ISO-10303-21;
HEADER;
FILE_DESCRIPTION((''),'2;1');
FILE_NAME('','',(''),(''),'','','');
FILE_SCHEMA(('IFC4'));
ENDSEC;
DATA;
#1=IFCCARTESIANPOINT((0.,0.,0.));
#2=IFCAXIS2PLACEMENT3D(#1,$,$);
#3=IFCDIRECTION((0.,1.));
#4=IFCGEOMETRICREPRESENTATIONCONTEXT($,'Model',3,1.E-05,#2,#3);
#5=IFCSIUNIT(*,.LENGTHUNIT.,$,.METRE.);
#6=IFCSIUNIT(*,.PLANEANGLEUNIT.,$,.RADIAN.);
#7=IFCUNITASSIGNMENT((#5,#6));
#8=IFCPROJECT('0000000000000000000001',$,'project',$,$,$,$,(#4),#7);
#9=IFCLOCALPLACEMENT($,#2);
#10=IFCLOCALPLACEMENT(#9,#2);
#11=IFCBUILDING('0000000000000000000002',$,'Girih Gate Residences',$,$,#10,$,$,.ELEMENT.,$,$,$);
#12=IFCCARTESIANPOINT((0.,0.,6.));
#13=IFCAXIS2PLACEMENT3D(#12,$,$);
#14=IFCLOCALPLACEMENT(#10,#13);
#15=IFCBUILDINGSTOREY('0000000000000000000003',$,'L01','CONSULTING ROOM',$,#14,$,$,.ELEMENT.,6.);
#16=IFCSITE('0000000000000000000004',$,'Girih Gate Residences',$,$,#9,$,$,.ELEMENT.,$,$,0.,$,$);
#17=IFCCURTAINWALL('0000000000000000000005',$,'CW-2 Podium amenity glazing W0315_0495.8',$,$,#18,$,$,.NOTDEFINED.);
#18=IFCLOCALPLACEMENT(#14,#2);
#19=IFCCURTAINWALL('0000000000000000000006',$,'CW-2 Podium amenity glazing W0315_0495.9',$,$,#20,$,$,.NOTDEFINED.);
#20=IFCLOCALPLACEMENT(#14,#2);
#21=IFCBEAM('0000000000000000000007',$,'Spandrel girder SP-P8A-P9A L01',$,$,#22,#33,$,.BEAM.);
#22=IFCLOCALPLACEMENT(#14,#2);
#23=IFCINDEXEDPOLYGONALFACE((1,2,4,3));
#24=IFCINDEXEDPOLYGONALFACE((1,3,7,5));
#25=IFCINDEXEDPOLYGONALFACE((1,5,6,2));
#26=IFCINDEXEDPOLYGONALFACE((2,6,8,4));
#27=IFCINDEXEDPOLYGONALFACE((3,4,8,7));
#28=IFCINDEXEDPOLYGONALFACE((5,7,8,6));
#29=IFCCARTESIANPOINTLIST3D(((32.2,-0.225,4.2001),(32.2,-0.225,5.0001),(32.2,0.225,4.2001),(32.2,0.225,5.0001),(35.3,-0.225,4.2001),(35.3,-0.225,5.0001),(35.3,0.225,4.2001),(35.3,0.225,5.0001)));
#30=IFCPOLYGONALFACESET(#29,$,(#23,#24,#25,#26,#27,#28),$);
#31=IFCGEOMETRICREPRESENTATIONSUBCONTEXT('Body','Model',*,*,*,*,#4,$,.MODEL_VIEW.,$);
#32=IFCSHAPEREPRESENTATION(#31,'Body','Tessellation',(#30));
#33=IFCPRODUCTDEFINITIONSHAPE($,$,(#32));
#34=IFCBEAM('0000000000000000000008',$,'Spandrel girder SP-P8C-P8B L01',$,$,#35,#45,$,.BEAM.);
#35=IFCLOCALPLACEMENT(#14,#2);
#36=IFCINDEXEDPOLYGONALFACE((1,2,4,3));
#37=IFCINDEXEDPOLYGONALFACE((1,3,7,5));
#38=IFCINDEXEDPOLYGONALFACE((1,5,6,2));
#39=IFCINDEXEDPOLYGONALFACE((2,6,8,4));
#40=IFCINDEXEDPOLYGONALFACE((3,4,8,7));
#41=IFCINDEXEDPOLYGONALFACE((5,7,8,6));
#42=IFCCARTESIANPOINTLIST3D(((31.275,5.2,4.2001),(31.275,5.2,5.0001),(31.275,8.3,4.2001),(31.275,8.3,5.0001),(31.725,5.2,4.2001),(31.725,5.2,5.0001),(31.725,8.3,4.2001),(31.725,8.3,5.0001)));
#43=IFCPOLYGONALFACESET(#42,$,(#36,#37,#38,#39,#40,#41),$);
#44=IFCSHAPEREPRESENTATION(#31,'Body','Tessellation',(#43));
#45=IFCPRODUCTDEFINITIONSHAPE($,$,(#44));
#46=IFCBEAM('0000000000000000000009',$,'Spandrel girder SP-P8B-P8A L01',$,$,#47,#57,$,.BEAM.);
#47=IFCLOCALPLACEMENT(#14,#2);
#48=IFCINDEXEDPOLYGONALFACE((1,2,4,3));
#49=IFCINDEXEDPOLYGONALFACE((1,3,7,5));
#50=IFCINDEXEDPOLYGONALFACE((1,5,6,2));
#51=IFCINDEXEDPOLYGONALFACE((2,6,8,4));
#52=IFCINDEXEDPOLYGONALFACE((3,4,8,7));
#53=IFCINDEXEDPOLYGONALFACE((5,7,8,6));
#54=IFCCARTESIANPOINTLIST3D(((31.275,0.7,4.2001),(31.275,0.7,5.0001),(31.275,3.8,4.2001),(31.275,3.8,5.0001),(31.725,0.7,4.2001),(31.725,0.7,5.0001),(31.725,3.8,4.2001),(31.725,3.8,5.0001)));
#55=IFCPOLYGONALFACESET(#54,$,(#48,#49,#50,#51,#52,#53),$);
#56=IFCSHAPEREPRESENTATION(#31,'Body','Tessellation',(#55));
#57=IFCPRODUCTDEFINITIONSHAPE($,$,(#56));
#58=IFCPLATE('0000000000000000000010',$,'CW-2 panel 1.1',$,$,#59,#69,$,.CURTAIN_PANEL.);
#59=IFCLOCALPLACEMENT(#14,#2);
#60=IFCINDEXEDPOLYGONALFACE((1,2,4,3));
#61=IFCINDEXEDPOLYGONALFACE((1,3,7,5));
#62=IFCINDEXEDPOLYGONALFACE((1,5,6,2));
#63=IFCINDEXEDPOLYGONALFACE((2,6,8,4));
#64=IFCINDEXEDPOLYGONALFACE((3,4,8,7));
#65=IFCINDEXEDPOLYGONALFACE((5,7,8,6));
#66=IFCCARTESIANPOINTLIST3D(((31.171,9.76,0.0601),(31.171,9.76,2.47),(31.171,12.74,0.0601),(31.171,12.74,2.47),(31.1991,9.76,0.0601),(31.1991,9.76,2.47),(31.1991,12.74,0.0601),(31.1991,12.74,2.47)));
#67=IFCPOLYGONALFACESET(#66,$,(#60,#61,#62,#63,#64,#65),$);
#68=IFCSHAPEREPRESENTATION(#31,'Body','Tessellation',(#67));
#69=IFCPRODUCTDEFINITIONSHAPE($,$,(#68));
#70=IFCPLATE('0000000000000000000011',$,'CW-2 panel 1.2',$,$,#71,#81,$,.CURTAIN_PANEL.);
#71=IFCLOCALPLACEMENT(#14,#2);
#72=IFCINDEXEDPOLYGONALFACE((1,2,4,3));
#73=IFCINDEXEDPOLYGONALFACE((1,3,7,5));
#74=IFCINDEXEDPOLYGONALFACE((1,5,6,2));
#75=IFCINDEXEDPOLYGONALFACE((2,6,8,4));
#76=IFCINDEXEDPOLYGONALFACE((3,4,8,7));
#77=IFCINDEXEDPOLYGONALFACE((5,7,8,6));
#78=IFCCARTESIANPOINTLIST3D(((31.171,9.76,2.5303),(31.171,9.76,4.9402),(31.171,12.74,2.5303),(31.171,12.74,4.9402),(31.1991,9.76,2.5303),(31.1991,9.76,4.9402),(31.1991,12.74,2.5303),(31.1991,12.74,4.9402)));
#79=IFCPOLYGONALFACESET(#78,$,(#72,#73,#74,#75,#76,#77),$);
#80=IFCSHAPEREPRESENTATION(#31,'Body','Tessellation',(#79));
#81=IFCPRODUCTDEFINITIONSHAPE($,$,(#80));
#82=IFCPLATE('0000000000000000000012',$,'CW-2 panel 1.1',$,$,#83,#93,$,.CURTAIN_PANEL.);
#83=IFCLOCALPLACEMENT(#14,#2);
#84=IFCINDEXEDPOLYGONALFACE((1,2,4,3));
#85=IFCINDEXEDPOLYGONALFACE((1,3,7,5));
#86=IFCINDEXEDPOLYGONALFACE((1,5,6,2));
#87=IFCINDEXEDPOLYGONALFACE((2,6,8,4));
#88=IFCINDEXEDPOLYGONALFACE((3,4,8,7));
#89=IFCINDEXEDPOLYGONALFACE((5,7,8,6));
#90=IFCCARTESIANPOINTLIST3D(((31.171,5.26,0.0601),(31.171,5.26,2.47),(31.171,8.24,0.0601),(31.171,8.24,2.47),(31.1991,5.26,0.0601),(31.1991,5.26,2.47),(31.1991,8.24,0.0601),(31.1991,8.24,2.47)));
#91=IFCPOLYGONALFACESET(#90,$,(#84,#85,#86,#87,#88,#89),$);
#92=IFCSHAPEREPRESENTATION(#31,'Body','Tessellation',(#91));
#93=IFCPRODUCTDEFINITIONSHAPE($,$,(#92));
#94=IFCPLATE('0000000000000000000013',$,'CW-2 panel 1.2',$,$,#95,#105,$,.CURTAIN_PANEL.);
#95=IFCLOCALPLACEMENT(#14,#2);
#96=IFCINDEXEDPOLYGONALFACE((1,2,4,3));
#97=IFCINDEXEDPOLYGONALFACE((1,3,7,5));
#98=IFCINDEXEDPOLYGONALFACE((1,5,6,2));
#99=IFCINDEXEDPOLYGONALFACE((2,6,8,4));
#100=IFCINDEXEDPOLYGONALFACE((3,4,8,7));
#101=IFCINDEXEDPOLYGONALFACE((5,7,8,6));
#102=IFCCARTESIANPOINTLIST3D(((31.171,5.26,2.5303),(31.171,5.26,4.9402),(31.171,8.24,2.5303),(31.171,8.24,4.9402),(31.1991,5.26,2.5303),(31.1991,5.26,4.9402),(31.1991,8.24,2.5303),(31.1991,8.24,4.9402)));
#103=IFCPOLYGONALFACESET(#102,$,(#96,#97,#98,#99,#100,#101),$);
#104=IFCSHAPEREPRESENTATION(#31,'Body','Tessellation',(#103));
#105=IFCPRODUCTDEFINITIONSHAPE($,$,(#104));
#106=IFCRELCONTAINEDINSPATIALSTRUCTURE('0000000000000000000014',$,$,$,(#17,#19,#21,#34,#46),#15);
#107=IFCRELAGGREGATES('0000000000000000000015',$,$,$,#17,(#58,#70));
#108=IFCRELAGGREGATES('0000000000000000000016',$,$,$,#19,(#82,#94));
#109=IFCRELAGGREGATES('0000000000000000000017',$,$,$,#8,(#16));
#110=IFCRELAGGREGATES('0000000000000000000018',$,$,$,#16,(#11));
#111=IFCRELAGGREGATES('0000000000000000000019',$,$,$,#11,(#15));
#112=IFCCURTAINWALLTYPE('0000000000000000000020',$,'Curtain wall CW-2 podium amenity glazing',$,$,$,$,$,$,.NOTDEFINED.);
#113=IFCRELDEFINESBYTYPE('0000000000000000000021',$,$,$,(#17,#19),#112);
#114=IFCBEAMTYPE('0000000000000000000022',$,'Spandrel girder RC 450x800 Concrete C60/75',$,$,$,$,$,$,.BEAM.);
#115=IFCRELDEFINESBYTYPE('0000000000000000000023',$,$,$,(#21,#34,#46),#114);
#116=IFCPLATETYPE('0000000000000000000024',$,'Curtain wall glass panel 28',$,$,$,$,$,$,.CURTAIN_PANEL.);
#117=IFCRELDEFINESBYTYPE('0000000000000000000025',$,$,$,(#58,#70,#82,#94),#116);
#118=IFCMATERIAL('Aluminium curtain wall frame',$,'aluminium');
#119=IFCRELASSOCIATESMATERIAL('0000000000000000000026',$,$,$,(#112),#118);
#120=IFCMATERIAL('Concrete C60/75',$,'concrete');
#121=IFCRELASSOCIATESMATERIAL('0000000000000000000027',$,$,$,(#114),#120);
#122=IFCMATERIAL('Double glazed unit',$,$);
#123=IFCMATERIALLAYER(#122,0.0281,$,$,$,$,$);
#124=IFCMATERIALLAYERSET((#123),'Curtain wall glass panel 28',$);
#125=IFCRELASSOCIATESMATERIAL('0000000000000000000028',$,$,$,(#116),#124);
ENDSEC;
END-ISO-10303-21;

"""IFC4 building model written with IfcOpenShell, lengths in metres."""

from ifc_helpers import new_model, si_unit, direction, frame, origin, origin_2d, place, context, subcontext, project, spatial, rectangle, extrude, material, layer, layer_set, material_profile, profile_set, type_object, element, aggregate, save


model = new_model("IFC4")

# Units and contexts
model_context = context("Model", 3, precision=1e-05, world=origin(), true_north=direction((0.0, 1.0)))
body_context = subcontext(model_context, "Body", "Model", "MODEL_VIEW")
ifc_project = project(units=[si_unit("LENGTHUNIT", "METRE"), si_unit("PLANEANGLEUNIT", "RADIAN")], contexts=[model_context])

# Site, building, storey
site_placement = place(None, origin())
site = spatial("IfcSite", under=ifc_project, at=site_placement, Name="Girih Gate Residences", CompositionType="ELEMENT", RefElevation=0.0)
building_placement = place(site_placement, origin())
building = spatial("IfcBuilding", under=site, at=building_placement, Name="Girih Gate Residences", CompositionType="ELEMENT")
storey_placement = place(building_placement, frame((0.0, 0.0, 6.0)))
storey = spatial("IfcBuildingStorey", under=building, at=storey_placement, Name="L01", Description="CONSULTING ROOM", CompositionType="ELEMENT", Elevation=6.0)

# Curtain wall
ifc_material_1 = material(Name="Aluminium curtain wall frame", Category="aluminium")
curtain_wall_type = type_object("IfcCurtainWallType", Name="Curtain wall CW-2 podium amenity glazing", PredefinedType="NOTDEFINED", material=ifc_material_1)
curtain_wall_1_placement = place(storey_placement, origin())
curtain_wall_1 = element("IfcCurtainWall", 1, at=curtain_wall_1_placement, inside=storey, type_object=curtain_wall_type, Name="CW-2 Podium amenity glazing W0315_0495.8", PredefinedType="NOTDEFINED")

# Curtain wall
curtain_wall_2_placement = place(storey_placement, origin())
curtain_wall_2 = element("IfcCurtainWall", 2, at=curtain_wall_2_placement, inside=storey, type_object=curtain_wall_type, Name="CW-2 Podium amenity glazing W0315_0495.9", PredefinedType="NOTDEFINED")

# Beams
ifc_material_2 = material(Name="Concrete C60/75", Category="concrete")
ifc_material_profile_1 = material_profile(ifc_material_2, rectangle(XDim=0.45, YDim=0.8, at=origin_2d()))
ifc_profile_set_1 = profile_set([ifc_material_profile_1], Name="Concrete C60/75")
beam_type_1 = type_object("IfcBeamType", Name="Spandrel girder RC 450x800 Concrete C60/75", PredefinedType="BEAM", material=ifc_profile_set_1)
for number, where, z_axis, x_axis, name in (
    (3, (32.2, 0.0, 4.6001), (1.0, 0.0, 0.0), (0.0, 1.0, 0.0), "Spandrel girder SP-P8A-P9A L01"),
    (4, (31.5, 8.3, 4.6001), (0.0, -1.0, 0.0), (1.0, 0.0, 0.0), "Spandrel girder SP-P8C-P8B L01"),
    (5, (31.5, 3.8, 4.6001), (0.0, -1.0, 0.0), (1.0, 0.0, 0.0), "Spandrel girder SP-P8B-P8A L01"),
):
    element("IfcBeam", number, at=place(storey_placement, frame(where, z_axis=z_axis, x_axis=x_axis)), inside=storey, type_object=beam_type_1, Name=name, PredefinedType="BEAM", context=body_context, shape_type="SweptSolid", body=[
        extrude(rectangle(XDim=0.45, YDim=0.8, at=origin_2d()), origin(), (0.0, 0.0, 1.0), 3.1001),
    ])

# Plates
ifc_material_3 = material(Name="Double glazed unit")
ifc_layer = layer(ifc_material_3, 0.0281)
ifc_layer_set = layer_set([ifc_layer], Name="Curtain wall glass panel 28")
plate_type = type_object("IfcPlateType", Name="Curtain wall glass panel 28", PredefinedType="CURTAIN_PANEL", material=ifc_layer_set)
plate_1_placement = place(storey_placement, frame((31.1851, 11.25, 0.0601), z_axis=(0.0, 0.0, 1.0), x_axis=(0.0, -1.0, 0.0)))
plate_1 = element("IfcPlate", 6, at=plate_1_placement, type_object=plate_type, Name="CW-2 panel 1.1", PredefinedType="CURTAIN_PANEL", context=body_context, shape_type="SweptSolid", body=[
    extrude(rectangle(XDim=2.98, YDim=0.0281, at=origin_2d()), origin(), (0.0, 0.0, 1.0), 2.4099),
])
plate_2_placement = place(storey_placement, frame((31.1851, 11.25, 2.5303), z_axis=(0.0, 0.0, 1.0), x_axis=(0.0, -1.0, 0.0)))
plate_2 = element("IfcPlate", 7, at=plate_2_placement, type_object=plate_type, Name="CW-2 panel 1.2", PredefinedType="CURTAIN_PANEL", context=body_context, shape_type="SweptSolid", body=[
    extrude(rectangle(XDim=2.98, YDim=0.0281, at=origin_2d()), origin(), (0.0, 0.0, 1.0), 2.4099),
])
aggregate(curtain_wall_1, [plate_1, plate_2])
plate_3_placement = place(storey_placement, frame((31.1851, 6.75, 0.0601), z_axis=(0.0, 0.0, 1.0), x_axis=(0.0, -1.0, 0.0)))
plate_3 = element("IfcPlate", 8, at=plate_3_placement, type_object=plate_type, Name="CW-2 panel 1.1", PredefinedType="CURTAIN_PANEL", context=body_context, shape_type="SweptSolid", body=[
    extrude(rectangle(XDim=2.98, YDim=0.0281, at=origin_2d()), origin(), (0.0, 0.0, 1.0), 2.4099),
])
plate_4_placement = place(storey_placement, frame((31.1851, 6.75, 2.5303), z_axis=(0.0, 0.0, 1.0), x_axis=(0.0, -1.0, 0.0)))
plate_4 = element("IfcPlate", 9, at=plate_4_placement, type_object=plate_type, Name="CW-2 panel 1.2", PredefinedType="CURTAIN_PANEL", context=body_context, shape_type="SweptSolid", body=[
    extrude(rectangle(XDim=2.98, YDim=0.0281, at=origin_2d()), origin(), (0.0, 0.0, 1.0), 2.4099),
])
aggregate(curtain_wall_2, [plate_3, plate_4])

save(model, "model.ifc")
